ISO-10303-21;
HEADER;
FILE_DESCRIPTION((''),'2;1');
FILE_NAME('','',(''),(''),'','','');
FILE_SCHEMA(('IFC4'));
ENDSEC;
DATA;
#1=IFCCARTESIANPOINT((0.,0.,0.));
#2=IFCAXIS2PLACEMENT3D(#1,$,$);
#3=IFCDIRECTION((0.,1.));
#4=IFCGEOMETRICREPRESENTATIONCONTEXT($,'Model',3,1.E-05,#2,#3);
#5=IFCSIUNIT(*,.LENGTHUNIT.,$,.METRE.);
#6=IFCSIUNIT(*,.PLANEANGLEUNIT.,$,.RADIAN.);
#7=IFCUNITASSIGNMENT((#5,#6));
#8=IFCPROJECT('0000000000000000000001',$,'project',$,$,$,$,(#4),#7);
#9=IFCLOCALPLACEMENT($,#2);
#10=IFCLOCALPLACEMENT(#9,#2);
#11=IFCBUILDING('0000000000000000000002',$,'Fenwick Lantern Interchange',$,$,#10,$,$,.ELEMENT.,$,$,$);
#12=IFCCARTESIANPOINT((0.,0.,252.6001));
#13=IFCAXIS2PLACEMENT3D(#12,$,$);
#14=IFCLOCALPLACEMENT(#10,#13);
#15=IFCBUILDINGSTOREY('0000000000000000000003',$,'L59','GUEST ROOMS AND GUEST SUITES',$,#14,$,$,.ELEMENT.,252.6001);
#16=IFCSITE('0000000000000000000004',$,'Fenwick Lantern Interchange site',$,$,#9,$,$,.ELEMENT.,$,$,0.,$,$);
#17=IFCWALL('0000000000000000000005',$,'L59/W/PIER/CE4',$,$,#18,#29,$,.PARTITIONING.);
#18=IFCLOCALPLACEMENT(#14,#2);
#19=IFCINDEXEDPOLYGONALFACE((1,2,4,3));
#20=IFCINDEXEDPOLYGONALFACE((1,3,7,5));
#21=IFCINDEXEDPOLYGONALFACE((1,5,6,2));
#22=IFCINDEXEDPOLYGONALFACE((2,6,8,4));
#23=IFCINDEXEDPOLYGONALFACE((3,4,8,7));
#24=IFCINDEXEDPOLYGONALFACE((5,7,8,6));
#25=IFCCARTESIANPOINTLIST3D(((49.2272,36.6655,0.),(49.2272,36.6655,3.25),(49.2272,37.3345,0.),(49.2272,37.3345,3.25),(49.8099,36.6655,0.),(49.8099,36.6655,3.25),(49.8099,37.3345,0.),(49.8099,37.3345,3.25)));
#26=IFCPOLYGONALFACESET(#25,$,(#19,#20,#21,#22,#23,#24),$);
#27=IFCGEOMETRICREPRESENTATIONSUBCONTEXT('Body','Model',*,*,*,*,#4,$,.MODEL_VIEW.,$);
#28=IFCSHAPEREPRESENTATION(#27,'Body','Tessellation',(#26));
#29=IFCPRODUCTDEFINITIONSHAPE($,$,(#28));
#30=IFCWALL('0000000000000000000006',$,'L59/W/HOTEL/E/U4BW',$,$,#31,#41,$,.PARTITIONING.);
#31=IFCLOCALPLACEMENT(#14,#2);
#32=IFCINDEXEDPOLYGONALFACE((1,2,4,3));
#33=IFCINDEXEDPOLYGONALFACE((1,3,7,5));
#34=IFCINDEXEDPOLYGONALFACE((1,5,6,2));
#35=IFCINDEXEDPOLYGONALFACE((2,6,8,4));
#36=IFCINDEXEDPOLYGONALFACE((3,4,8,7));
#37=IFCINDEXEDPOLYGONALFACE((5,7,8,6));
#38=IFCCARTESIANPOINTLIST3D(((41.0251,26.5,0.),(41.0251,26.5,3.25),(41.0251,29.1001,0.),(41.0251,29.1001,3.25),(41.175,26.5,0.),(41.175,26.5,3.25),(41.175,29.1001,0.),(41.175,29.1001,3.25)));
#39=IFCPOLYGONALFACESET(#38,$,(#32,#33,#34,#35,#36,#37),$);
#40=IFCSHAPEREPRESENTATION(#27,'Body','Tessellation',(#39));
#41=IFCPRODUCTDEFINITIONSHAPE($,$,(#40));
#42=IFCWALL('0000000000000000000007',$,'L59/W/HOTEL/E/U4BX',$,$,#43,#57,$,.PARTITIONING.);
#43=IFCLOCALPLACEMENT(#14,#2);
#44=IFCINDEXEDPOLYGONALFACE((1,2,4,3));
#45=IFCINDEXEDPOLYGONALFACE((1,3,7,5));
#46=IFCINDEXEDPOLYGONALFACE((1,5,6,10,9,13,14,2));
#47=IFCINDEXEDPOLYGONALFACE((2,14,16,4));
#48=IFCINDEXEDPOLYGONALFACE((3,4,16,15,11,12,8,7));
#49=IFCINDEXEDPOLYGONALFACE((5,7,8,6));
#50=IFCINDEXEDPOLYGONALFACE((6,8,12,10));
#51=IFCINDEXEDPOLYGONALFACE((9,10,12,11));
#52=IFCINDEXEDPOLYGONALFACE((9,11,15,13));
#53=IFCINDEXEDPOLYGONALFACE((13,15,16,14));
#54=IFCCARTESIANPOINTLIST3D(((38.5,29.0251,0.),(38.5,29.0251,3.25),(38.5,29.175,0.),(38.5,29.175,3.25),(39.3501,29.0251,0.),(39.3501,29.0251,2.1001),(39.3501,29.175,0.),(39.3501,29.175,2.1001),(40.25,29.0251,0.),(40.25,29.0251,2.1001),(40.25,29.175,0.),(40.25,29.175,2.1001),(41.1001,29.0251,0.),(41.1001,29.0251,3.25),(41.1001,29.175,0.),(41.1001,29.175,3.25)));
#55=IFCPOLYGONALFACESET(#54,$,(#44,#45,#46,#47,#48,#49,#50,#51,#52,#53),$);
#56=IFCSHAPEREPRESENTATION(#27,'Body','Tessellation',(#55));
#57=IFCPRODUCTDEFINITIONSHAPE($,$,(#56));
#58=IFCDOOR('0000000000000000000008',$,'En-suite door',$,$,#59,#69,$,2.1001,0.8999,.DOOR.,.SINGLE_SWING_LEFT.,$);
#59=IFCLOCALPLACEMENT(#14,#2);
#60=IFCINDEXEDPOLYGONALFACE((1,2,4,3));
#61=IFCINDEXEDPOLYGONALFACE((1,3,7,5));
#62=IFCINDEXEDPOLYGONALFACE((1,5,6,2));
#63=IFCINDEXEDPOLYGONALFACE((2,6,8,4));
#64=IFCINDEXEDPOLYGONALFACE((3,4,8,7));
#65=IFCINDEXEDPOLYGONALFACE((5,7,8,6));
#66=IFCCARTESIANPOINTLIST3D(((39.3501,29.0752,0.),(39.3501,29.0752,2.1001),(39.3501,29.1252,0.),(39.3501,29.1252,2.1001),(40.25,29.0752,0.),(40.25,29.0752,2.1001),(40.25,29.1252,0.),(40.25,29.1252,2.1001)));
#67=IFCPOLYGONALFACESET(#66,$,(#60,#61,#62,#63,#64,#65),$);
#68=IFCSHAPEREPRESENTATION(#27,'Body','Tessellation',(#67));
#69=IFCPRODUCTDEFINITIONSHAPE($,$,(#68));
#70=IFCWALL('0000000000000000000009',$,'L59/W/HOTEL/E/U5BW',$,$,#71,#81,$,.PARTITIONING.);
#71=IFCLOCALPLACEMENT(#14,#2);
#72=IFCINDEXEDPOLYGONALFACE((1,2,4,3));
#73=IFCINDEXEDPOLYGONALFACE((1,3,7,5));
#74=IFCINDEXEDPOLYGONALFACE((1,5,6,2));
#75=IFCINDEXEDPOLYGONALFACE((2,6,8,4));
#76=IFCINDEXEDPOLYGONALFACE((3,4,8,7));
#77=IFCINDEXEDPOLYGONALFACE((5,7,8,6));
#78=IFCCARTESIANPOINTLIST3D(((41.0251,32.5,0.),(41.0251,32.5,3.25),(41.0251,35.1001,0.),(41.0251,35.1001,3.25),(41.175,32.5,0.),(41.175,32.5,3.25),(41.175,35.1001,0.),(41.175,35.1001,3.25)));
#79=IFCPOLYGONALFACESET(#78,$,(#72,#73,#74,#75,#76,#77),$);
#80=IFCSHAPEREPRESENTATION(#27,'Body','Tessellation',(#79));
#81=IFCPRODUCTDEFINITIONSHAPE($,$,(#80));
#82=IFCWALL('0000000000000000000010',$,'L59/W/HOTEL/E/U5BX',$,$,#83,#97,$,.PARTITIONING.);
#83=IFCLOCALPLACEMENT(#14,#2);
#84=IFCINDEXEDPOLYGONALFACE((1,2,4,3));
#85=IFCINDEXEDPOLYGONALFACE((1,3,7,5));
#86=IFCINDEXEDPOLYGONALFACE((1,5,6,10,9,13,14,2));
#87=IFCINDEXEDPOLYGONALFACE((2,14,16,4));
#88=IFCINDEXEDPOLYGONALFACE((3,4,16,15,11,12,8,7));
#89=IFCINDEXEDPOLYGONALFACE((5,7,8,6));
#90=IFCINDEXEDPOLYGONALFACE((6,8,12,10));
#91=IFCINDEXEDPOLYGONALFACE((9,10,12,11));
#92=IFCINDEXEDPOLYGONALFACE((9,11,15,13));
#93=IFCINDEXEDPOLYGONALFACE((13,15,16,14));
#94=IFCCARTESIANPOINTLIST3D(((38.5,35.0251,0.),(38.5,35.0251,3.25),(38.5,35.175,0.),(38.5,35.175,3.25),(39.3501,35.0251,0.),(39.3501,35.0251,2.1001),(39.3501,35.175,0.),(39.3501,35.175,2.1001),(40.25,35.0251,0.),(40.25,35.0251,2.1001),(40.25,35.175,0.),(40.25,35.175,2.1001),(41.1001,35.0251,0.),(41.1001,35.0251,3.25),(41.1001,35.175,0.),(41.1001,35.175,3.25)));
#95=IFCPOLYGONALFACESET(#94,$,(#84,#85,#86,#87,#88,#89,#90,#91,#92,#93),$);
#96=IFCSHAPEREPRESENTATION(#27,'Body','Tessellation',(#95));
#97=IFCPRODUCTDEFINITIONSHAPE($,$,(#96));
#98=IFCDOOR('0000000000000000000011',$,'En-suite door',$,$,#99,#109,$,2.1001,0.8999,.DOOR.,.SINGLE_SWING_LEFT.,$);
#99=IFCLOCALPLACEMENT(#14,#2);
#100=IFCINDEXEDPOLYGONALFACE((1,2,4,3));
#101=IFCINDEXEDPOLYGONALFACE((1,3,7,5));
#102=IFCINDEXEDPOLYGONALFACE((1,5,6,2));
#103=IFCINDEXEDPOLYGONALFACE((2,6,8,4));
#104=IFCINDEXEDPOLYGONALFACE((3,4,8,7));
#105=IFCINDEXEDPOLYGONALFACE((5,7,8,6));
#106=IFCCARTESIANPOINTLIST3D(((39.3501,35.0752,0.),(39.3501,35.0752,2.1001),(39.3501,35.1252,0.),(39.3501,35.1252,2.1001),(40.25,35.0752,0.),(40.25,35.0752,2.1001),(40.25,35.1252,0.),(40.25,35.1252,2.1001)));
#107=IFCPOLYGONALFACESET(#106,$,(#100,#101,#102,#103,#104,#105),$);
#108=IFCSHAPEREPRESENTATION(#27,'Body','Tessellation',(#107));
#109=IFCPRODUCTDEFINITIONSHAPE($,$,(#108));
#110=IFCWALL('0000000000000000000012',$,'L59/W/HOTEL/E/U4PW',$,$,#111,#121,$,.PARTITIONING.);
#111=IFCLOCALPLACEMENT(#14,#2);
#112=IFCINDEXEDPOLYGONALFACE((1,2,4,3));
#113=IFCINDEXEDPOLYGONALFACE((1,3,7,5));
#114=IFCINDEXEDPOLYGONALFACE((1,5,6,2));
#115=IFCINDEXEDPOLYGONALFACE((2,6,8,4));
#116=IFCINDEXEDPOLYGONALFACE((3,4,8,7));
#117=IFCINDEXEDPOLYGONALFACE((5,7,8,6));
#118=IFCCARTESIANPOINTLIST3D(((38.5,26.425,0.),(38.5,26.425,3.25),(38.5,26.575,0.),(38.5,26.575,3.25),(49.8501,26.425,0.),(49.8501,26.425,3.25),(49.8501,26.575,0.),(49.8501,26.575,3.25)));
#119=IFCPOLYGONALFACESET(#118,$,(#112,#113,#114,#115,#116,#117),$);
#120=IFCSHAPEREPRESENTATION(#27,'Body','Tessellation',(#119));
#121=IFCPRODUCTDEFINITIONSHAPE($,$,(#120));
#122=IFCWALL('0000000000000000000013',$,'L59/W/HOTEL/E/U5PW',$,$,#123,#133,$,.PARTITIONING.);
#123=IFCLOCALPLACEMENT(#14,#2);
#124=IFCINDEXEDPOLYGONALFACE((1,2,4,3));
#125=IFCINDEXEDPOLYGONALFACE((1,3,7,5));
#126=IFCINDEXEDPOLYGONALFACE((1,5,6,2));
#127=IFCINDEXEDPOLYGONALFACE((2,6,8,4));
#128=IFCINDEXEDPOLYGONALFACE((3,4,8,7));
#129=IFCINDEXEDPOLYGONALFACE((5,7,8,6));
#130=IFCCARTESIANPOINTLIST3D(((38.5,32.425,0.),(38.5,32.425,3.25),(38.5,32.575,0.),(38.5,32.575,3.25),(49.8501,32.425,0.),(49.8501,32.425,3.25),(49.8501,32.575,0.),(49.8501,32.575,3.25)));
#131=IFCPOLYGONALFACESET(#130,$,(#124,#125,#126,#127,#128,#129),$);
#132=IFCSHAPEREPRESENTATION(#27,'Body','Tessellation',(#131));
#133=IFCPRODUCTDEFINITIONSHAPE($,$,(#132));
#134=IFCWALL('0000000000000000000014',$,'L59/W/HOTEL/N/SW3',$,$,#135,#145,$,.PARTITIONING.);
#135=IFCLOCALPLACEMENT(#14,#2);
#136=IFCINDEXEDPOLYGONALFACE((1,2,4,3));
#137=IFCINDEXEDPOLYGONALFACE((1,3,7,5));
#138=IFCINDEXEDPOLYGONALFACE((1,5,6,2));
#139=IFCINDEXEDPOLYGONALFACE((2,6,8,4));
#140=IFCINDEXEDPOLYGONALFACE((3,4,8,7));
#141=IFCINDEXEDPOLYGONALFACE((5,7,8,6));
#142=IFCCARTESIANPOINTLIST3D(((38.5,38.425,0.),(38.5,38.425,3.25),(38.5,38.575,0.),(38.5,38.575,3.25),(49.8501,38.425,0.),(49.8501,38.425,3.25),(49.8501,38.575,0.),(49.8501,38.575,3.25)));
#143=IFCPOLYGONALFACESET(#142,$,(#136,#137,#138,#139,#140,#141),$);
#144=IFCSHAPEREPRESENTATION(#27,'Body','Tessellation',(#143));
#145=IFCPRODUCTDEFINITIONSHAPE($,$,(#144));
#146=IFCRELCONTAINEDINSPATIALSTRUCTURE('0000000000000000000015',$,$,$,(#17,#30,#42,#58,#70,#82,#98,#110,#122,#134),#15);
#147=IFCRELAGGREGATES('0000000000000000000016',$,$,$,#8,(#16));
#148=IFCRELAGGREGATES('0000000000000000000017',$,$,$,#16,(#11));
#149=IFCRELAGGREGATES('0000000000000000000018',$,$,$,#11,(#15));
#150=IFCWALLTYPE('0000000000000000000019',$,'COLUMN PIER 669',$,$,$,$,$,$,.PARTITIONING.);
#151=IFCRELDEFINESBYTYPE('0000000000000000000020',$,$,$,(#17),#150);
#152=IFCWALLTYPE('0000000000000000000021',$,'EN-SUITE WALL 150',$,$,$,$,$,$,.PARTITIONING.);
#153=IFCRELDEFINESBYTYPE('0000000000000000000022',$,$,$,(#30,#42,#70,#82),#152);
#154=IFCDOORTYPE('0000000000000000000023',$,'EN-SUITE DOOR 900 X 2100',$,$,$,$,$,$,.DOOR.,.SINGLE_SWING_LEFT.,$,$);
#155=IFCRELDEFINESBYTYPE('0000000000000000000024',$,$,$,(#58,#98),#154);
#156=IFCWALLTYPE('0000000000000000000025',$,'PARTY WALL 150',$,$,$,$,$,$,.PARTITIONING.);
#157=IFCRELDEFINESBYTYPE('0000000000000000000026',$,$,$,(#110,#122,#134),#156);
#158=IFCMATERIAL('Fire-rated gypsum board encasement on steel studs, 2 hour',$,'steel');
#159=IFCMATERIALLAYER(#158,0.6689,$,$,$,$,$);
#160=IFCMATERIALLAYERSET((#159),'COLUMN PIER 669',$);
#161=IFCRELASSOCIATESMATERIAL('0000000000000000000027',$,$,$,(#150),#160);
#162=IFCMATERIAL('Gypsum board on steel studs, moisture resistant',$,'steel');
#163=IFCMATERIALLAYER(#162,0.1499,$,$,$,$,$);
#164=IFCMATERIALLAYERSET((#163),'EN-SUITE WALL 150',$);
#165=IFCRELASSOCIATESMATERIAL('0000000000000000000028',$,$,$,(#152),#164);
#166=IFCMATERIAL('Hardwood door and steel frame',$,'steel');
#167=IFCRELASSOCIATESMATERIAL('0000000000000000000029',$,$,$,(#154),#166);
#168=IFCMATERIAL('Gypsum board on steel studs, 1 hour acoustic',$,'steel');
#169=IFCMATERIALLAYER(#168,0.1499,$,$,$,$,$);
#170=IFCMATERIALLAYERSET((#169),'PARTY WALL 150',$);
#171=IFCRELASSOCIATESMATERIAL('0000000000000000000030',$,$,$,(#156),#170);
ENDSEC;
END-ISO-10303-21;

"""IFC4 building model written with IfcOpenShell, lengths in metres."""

from ifc_helpers import new_model, si_unit, direction, frame, frame_2d, origin, place, context, subcontext, project, spatial, rectangle, extrude, material, layer, layer_set, type_object, element, fill, save


model = new_model("IFC4")

# Units and contexts
model_context = context("Model", 3, precision=1e-05, world=origin(), true_north=direction((0.0, 1.0)))
body_context = subcontext(model_context, "Body", "Model", "MODEL_VIEW")
ifc_project = project(units=[si_unit("LENGTHUNIT", "METRE"), si_unit("PLANEANGLEUNIT", "RADIAN")], contexts=[model_context])

# Site, building, storey
site_placement = place(None, origin())
site = spatial("IfcSite", under=ifc_project, at=site_placement, Name="Fenwick Lantern Interchange site", CompositionType="ELEMENT", RefElevation=0.0)
building_placement = place(site_placement, origin())
building = spatial("IfcBuilding", under=site, at=building_placement, Name="Fenwick Lantern Interchange", CompositionType="ELEMENT")
storey_placement = place(building_placement, frame((0.0, 0.0, 252.6001)))
storey = spatial("IfcBuildingStorey", under=building, at=storey_placement, Name="L59", Description="GUEST ROOMS AND GUEST SUITES", CompositionType="ELEMENT", Elevation=252.6001)

# Walls
ifc_material_1 = material(Name="Fire-rated gypsum board encasement on steel studs, 2 hour", Category="steel")
ifc_layer_1 = layer(ifc_material_1, 0.6689)
ifc_layer_set_1 = layer_set([ifc_layer_1], Name="COLUMN PIER 669")
wall_type_1 = type_object("IfcWallType", Name="COLUMN PIER 669", PredefinedType="PARTITIONING", material=ifc_layer_set_1)
wall_1_placement = place(storey_placement, frame((49.8101, 37.0, 0.0), z_axis=(0.0, 0.0, 1.0), x_axis=(-1.0, 0.0, 0.0)))
element("IfcWall", 1, at=wall_1_placement, inside=storey, type_object=wall_type_1, Name="L59/W/PIER/CE4", PredefinedType="PARTITIONING", context=body_context, shape_type="SweptSolid", body=[
    extrude(rectangle(XDim=0.5828, YDim=0.6689, at=frame_2d((0.2915, 0.0))), origin(), (0.0, 0.0, 1.0), 3.25),
])
ifc_material_2 = material(Name="Gypsum board on steel studs, moisture resistant", Category="steel")
ifc_layer_2 = layer(ifc_material_2, 0.1499)
ifc_layer_set_2 = layer_set([ifc_layer_2], Name="EN-SUITE WALL 150")
wall_type_2 = type_object("IfcWallType", Name="EN-SUITE WALL 150", PredefinedType="PARTITIONING", material=ifc_layer_set_2)
wall_2_placement = place(storey_placement, frame((41.1001, 26.5, 0.0), z_axis=(0.0, 0.0, 1.0), x_axis=(0.0, 1.0, 0.0)))
element("IfcWall", 2, at=wall_2_placement, inside=storey, type_object=wall_type_2, Name="L59/W/HOTEL/E/U4BW", PredefinedType="PARTITIONING", context=body_context, shape_type="SweptSolid", body=[
    extrude(rectangle(XDim=2.6001, YDim=0.1499, at=frame_2d((1.3, 0.0))), origin(), (0.0, 0.0, 1.0), 3.25),
])

# Wall, opening, door
wall_3_placement = place(storey_placement, frame((41.1001, 29.1001, 0.0), z_axis=(0.0, 0.0, 1.0), x_axis=(-1.0, 0.0, 0.0)))
wall_3 = element("IfcWall", 3, at=wall_3_placement, inside=storey, type_object=wall_type_2, Name="L59/W/HOTEL/E/U4BX", PredefinedType="PARTITIONING", context=body_context, shape_type="SweptSolid", body=[
    extrude(rectangle(XDim=2.6001, YDim=0.1499, at=frame_2d((1.3, 0.0))), origin(), (0.0, 0.0, 1.0), 3.25),
])
opening_1_placement = place(wall_3_placement, frame((0.8501, 0.0, 0.0)))
opening_1 = element("IfcOpeningElement", 4, at=opening_1_placement, cuts=wall_3, PredefinedType="OPENING", context=body_context, shape_type="SweptSolid", body=[
    extrude(rectangle(XDim=0.8999, YDim=2.1001, at=frame_2d((0.45, 1.05))), frame((0.0, 0.085, 0.0), z_axis=(0.0, -1.0, 0.0), x_axis=(1.0, 0.0, 0.0)), (0.0, 0.0, 1.0), 0.1699),
])
ifc_material_3 = material(Name="Hardwood door and steel frame", Category="steel")
door_type = type_object("IfcDoorType", Name="EN-SUITE DOOR 900 X 2100", OperationType="SINGLE_SWING_LEFT", PredefinedType="DOOR", material=ifc_material_3)
door_1_placement = place(opening_1_placement, origin())
door_1 = element("IfcDoor", 5, at=door_1_placement, inside=storey, type_object=door_type, Name="En-suite door", OperationType="SINGLE_SWING_LEFT", OverallHeight=2.1001, OverallWidth=0.8999, PredefinedType="DOOR", context=body_context, shape_type="SweptSolid", body=[
    extrude(rectangle(XDim=0.8999, YDim=2.1001, at=frame_2d((0.45, 1.05))), frame((0.0, 0.0249, 0.0), z_axis=(0.0, -1.0, 0.0), x_axis=(1.0, 0.0, 0.0)), (0.0, 0.0, 1.0), 0.05),
])
fill(opening_1, door_1)

# Wall
wall_4_placement = place(storey_placement, frame((41.1001, 32.5, 0.0), z_axis=(0.0, 0.0, 1.0), x_axis=(0.0, 1.0, 0.0)))
element("IfcWall", 6, at=wall_4_placement, inside=storey, type_object=wall_type_2, Name="L59/W/HOTEL/E/U5BW", PredefinedType="PARTITIONING", context=body_context, shape_type="SweptSolid", body=[
    extrude(rectangle(XDim=2.6001, YDim=0.1499, at=frame_2d((1.3, 0.0))), origin(), (0.0, 0.0, 1.0), 3.25),
])

# Wall, opening, door
wall_5_placement = place(storey_placement, frame((41.1001, 35.1001, 0.0), z_axis=(0.0, 0.0, 1.0), x_axis=(-1.0, 0.0, 0.0)))
wall_5 = element("IfcWall", 7, at=wall_5_placement, inside=storey, type_object=wall_type_2, Name="L59/W/HOTEL/E/U5BX", PredefinedType="PARTITIONING", context=body_context, shape_type="SweptSolid", body=[
    extrude(rectangle(XDim=2.6001, YDim=0.1499, at=frame_2d((1.3, 0.0))), origin(), (0.0, 0.0, 1.0), 3.25),
])
opening_2_placement = place(wall_5_placement, frame((0.8501, 0.0, 0.0)))
opening_2 = element("IfcOpeningElement", 8, at=opening_2_placement, cuts=wall_5, PredefinedType="OPENING", context=body_context, shape_type="SweptSolid", body=[
    extrude(rectangle(XDim=0.8999, YDim=2.1001, at=frame_2d((0.45, 1.05))), frame((0.0, 0.085, 0.0), z_axis=(0.0, -1.0, 0.0), x_axis=(1.0, 0.0, 0.0)), (0.0, 0.0, 1.0), 0.1699),
])
door_2_placement = place(opening_2_placement, origin())
door_2 = element("IfcDoor", 9, at=door_2_placement, inside=storey, type_object=door_type, Name="En-suite door", OperationType="SINGLE_SWING_LEFT", OverallHeight=2.1001, OverallWidth=0.8999, PredefinedType="DOOR", context=body_context, shape_type="SweptSolid", body=[
    extrude(rectangle(XDim=0.8999, YDim=2.1001, at=frame_2d((0.45, 1.05))), frame((0.0, 0.0249, 0.0), z_axis=(0.0, -1.0, 0.0), x_axis=(1.0, 0.0, 0.0)), (0.0, 0.0, 1.0), 0.05),
])
fill(opening_2, door_2)

# Walls
ifc_material_4 = material(Name="Gypsum board on steel studs, 1 hour acoustic", Category="steel")
ifc_layer_3 = layer(ifc_material_4, 0.1499)
ifc_layer_set_3 = layer_set([ifc_layer_3], Name="PARTY WALL 150")
wall_type_3 = type_object("IfcWallType", Name="PARTY WALL 150", PredefinedType="PARTITIONING", material=ifc_layer_set_3)
for number, where, z_axis, x_axis, name in (
    (10, (49.8501, 26.5, 0.0), (0.0, 0.0, 1.0), (-1.0, 0.0, 0.0), "L59/W/HOTEL/E/U4PW"),
    (11, (49.8501, 32.5, 0.0), (0.0, 0.0, 1.0), (-1.0, 0.0, 0.0), "L59/W/HOTEL/E/U5PW"),
    (12, (49.8501, 38.5, 0.0), (0.0, 0.0, 1.0), (-1.0, 0.0, 0.0), "L59/W/HOTEL/N/SW3"),
):
    element("IfcWall", number, at=place(storey_placement, frame(where, z_axis=z_axis, x_axis=x_axis)), inside=storey, type_object=wall_type_3, Name=name, PredefinedType="PARTITIONING", context=body_context, shape_type="SweptSolid", body=[
        extrude(rectangle(XDim=11.3501, YDim=0.1499, at=frame_2d((5.675, 0.0))), origin(), (0.0, 0.0, 1.0), 3.25),
    ])

save(model, "model.ifc")
